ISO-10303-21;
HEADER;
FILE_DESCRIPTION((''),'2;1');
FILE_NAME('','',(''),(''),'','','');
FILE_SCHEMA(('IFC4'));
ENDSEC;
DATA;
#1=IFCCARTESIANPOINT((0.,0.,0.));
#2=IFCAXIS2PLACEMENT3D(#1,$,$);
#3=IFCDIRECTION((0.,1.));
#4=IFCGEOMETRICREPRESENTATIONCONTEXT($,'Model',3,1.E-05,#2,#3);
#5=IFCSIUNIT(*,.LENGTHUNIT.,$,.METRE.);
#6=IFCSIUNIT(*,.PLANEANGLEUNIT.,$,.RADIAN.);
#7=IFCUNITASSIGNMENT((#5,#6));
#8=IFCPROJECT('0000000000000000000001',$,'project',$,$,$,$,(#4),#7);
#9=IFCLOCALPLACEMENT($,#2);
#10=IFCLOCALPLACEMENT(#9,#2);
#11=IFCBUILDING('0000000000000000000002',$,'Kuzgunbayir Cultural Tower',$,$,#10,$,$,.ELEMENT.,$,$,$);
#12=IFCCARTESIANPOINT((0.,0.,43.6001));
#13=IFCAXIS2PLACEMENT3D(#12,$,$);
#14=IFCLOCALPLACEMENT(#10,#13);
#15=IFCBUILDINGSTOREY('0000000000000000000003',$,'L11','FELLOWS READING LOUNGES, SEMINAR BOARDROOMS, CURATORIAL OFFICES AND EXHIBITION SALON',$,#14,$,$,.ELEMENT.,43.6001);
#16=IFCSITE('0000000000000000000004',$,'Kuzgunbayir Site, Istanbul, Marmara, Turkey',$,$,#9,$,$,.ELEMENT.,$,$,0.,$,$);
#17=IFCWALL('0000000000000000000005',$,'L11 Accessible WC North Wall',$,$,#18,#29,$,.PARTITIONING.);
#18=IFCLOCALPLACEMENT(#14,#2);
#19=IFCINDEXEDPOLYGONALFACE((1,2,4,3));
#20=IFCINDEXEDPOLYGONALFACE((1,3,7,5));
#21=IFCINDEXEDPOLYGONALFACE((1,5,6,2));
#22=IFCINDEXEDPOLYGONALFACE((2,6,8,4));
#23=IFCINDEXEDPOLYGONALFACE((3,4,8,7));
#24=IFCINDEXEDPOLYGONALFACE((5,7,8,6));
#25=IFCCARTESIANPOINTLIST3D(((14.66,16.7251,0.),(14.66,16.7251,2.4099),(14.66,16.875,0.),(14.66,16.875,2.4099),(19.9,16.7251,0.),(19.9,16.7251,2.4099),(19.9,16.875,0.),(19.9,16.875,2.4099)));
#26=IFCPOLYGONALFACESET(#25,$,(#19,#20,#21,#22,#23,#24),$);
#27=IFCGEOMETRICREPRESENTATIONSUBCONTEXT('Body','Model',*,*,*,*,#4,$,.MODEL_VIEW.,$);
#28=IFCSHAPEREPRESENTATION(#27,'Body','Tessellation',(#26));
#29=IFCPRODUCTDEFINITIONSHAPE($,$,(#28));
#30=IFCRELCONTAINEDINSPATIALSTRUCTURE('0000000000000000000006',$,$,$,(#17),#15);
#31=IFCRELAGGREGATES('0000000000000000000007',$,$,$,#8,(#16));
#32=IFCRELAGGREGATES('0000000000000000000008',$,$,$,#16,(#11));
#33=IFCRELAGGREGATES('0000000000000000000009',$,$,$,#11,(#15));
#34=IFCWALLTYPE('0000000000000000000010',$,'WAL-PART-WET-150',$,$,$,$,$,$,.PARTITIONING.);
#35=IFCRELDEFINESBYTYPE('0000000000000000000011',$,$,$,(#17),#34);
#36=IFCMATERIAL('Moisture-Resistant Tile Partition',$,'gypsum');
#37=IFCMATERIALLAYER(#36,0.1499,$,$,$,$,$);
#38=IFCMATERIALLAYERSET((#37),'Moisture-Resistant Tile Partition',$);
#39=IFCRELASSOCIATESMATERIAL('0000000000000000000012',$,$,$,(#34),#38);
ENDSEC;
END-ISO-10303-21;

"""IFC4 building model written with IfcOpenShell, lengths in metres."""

from ifc_helpers import new_model, si_unit, direction, frame, frame_2d, origin, place, context, subcontext, project, spatial, rectangle, extrude, material, layer, layer_set, type_object, element, save


model = new_model("IFC4")

# Units and contexts
model_context = context("Model", 3, precision=1e-05, world=origin(), true_north=direction((0.0, 1.0)))
body_context = subcontext(model_context, "Body", "Model", "MODEL_VIEW")
ifc_project = project(units=[si_unit("LENGTHUNIT", "METRE"), si_unit("PLANEANGLEUNIT", "RADIAN")], contexts=[model_context])

# Site, building, storey
site_placement = place(None, origin())
site = spatial("IfcSite", under=ifc_project, at=site_placement, Name="Kuzgunbayir Site, Istanbul, Marmara, Turkey", CompositionType="ELEMENT", RefElevation=0.0)
building_placement = place(site_placement, origin())
building = spatial("IfcBuilding", under=site, at=building_placement, Name="Kuzgunbayir Cultural Tower", CompositionType="ELEMENT")
storey_placement = place(building_placement, frame((0.0, 0.0, 43.6001)))
storey = spatial("IfcBuildingStorey", under=building, at=storey_placement, Name="L11", Description="FELLOWS READING LOUNGES, SEMINAR BOARDROOMS, CURATORIAL OFFICES AND EXHIBITION SALON", CompositionType="ELEMENT", Elevation=43.6001)

# Wall
ifc_material_1 = material(Name="Moisture-Resistant Tile Partition", Category="gypsum")
ifc_layer_1 = layer(ifc_material_1, 0.1499)
ifc_layer_set_1 = layer_set([ifc_layer_1], Name="Moisture-Resistant Tile Partition")
wall_type_1 = type_object("IfcWallType", Name="WAL-PART-WET-150", PredefinedType="PARTITIONING", material=ifc_layer_set_1)
for number, where, z_axis, x_axis, name in (
    (1, (14.6599, 16.8, 0.0), (0.0, 0.0, 1.0), (1.0, 0.0, 0.0), "L11 Accessible WC North Wall"),
):
    element("IfcWall", number, at=place(storey_placement, frame(where, z_axis=z_axis, x_axis=x_axis)), inside=storey, type_object=wall_type_1, Name=name, PredefinedType="PARTITIONING", context=body_context, shape_type="SweptSolid", body=[
        extrude(rectangle(XDim=5.24, YDim=0.1499, at=frame_2d((2.6201, 0.0))), origin(), (0.0, 0.0, 1.0), 2.4099),
    ])

save(model, "model.ifc")
